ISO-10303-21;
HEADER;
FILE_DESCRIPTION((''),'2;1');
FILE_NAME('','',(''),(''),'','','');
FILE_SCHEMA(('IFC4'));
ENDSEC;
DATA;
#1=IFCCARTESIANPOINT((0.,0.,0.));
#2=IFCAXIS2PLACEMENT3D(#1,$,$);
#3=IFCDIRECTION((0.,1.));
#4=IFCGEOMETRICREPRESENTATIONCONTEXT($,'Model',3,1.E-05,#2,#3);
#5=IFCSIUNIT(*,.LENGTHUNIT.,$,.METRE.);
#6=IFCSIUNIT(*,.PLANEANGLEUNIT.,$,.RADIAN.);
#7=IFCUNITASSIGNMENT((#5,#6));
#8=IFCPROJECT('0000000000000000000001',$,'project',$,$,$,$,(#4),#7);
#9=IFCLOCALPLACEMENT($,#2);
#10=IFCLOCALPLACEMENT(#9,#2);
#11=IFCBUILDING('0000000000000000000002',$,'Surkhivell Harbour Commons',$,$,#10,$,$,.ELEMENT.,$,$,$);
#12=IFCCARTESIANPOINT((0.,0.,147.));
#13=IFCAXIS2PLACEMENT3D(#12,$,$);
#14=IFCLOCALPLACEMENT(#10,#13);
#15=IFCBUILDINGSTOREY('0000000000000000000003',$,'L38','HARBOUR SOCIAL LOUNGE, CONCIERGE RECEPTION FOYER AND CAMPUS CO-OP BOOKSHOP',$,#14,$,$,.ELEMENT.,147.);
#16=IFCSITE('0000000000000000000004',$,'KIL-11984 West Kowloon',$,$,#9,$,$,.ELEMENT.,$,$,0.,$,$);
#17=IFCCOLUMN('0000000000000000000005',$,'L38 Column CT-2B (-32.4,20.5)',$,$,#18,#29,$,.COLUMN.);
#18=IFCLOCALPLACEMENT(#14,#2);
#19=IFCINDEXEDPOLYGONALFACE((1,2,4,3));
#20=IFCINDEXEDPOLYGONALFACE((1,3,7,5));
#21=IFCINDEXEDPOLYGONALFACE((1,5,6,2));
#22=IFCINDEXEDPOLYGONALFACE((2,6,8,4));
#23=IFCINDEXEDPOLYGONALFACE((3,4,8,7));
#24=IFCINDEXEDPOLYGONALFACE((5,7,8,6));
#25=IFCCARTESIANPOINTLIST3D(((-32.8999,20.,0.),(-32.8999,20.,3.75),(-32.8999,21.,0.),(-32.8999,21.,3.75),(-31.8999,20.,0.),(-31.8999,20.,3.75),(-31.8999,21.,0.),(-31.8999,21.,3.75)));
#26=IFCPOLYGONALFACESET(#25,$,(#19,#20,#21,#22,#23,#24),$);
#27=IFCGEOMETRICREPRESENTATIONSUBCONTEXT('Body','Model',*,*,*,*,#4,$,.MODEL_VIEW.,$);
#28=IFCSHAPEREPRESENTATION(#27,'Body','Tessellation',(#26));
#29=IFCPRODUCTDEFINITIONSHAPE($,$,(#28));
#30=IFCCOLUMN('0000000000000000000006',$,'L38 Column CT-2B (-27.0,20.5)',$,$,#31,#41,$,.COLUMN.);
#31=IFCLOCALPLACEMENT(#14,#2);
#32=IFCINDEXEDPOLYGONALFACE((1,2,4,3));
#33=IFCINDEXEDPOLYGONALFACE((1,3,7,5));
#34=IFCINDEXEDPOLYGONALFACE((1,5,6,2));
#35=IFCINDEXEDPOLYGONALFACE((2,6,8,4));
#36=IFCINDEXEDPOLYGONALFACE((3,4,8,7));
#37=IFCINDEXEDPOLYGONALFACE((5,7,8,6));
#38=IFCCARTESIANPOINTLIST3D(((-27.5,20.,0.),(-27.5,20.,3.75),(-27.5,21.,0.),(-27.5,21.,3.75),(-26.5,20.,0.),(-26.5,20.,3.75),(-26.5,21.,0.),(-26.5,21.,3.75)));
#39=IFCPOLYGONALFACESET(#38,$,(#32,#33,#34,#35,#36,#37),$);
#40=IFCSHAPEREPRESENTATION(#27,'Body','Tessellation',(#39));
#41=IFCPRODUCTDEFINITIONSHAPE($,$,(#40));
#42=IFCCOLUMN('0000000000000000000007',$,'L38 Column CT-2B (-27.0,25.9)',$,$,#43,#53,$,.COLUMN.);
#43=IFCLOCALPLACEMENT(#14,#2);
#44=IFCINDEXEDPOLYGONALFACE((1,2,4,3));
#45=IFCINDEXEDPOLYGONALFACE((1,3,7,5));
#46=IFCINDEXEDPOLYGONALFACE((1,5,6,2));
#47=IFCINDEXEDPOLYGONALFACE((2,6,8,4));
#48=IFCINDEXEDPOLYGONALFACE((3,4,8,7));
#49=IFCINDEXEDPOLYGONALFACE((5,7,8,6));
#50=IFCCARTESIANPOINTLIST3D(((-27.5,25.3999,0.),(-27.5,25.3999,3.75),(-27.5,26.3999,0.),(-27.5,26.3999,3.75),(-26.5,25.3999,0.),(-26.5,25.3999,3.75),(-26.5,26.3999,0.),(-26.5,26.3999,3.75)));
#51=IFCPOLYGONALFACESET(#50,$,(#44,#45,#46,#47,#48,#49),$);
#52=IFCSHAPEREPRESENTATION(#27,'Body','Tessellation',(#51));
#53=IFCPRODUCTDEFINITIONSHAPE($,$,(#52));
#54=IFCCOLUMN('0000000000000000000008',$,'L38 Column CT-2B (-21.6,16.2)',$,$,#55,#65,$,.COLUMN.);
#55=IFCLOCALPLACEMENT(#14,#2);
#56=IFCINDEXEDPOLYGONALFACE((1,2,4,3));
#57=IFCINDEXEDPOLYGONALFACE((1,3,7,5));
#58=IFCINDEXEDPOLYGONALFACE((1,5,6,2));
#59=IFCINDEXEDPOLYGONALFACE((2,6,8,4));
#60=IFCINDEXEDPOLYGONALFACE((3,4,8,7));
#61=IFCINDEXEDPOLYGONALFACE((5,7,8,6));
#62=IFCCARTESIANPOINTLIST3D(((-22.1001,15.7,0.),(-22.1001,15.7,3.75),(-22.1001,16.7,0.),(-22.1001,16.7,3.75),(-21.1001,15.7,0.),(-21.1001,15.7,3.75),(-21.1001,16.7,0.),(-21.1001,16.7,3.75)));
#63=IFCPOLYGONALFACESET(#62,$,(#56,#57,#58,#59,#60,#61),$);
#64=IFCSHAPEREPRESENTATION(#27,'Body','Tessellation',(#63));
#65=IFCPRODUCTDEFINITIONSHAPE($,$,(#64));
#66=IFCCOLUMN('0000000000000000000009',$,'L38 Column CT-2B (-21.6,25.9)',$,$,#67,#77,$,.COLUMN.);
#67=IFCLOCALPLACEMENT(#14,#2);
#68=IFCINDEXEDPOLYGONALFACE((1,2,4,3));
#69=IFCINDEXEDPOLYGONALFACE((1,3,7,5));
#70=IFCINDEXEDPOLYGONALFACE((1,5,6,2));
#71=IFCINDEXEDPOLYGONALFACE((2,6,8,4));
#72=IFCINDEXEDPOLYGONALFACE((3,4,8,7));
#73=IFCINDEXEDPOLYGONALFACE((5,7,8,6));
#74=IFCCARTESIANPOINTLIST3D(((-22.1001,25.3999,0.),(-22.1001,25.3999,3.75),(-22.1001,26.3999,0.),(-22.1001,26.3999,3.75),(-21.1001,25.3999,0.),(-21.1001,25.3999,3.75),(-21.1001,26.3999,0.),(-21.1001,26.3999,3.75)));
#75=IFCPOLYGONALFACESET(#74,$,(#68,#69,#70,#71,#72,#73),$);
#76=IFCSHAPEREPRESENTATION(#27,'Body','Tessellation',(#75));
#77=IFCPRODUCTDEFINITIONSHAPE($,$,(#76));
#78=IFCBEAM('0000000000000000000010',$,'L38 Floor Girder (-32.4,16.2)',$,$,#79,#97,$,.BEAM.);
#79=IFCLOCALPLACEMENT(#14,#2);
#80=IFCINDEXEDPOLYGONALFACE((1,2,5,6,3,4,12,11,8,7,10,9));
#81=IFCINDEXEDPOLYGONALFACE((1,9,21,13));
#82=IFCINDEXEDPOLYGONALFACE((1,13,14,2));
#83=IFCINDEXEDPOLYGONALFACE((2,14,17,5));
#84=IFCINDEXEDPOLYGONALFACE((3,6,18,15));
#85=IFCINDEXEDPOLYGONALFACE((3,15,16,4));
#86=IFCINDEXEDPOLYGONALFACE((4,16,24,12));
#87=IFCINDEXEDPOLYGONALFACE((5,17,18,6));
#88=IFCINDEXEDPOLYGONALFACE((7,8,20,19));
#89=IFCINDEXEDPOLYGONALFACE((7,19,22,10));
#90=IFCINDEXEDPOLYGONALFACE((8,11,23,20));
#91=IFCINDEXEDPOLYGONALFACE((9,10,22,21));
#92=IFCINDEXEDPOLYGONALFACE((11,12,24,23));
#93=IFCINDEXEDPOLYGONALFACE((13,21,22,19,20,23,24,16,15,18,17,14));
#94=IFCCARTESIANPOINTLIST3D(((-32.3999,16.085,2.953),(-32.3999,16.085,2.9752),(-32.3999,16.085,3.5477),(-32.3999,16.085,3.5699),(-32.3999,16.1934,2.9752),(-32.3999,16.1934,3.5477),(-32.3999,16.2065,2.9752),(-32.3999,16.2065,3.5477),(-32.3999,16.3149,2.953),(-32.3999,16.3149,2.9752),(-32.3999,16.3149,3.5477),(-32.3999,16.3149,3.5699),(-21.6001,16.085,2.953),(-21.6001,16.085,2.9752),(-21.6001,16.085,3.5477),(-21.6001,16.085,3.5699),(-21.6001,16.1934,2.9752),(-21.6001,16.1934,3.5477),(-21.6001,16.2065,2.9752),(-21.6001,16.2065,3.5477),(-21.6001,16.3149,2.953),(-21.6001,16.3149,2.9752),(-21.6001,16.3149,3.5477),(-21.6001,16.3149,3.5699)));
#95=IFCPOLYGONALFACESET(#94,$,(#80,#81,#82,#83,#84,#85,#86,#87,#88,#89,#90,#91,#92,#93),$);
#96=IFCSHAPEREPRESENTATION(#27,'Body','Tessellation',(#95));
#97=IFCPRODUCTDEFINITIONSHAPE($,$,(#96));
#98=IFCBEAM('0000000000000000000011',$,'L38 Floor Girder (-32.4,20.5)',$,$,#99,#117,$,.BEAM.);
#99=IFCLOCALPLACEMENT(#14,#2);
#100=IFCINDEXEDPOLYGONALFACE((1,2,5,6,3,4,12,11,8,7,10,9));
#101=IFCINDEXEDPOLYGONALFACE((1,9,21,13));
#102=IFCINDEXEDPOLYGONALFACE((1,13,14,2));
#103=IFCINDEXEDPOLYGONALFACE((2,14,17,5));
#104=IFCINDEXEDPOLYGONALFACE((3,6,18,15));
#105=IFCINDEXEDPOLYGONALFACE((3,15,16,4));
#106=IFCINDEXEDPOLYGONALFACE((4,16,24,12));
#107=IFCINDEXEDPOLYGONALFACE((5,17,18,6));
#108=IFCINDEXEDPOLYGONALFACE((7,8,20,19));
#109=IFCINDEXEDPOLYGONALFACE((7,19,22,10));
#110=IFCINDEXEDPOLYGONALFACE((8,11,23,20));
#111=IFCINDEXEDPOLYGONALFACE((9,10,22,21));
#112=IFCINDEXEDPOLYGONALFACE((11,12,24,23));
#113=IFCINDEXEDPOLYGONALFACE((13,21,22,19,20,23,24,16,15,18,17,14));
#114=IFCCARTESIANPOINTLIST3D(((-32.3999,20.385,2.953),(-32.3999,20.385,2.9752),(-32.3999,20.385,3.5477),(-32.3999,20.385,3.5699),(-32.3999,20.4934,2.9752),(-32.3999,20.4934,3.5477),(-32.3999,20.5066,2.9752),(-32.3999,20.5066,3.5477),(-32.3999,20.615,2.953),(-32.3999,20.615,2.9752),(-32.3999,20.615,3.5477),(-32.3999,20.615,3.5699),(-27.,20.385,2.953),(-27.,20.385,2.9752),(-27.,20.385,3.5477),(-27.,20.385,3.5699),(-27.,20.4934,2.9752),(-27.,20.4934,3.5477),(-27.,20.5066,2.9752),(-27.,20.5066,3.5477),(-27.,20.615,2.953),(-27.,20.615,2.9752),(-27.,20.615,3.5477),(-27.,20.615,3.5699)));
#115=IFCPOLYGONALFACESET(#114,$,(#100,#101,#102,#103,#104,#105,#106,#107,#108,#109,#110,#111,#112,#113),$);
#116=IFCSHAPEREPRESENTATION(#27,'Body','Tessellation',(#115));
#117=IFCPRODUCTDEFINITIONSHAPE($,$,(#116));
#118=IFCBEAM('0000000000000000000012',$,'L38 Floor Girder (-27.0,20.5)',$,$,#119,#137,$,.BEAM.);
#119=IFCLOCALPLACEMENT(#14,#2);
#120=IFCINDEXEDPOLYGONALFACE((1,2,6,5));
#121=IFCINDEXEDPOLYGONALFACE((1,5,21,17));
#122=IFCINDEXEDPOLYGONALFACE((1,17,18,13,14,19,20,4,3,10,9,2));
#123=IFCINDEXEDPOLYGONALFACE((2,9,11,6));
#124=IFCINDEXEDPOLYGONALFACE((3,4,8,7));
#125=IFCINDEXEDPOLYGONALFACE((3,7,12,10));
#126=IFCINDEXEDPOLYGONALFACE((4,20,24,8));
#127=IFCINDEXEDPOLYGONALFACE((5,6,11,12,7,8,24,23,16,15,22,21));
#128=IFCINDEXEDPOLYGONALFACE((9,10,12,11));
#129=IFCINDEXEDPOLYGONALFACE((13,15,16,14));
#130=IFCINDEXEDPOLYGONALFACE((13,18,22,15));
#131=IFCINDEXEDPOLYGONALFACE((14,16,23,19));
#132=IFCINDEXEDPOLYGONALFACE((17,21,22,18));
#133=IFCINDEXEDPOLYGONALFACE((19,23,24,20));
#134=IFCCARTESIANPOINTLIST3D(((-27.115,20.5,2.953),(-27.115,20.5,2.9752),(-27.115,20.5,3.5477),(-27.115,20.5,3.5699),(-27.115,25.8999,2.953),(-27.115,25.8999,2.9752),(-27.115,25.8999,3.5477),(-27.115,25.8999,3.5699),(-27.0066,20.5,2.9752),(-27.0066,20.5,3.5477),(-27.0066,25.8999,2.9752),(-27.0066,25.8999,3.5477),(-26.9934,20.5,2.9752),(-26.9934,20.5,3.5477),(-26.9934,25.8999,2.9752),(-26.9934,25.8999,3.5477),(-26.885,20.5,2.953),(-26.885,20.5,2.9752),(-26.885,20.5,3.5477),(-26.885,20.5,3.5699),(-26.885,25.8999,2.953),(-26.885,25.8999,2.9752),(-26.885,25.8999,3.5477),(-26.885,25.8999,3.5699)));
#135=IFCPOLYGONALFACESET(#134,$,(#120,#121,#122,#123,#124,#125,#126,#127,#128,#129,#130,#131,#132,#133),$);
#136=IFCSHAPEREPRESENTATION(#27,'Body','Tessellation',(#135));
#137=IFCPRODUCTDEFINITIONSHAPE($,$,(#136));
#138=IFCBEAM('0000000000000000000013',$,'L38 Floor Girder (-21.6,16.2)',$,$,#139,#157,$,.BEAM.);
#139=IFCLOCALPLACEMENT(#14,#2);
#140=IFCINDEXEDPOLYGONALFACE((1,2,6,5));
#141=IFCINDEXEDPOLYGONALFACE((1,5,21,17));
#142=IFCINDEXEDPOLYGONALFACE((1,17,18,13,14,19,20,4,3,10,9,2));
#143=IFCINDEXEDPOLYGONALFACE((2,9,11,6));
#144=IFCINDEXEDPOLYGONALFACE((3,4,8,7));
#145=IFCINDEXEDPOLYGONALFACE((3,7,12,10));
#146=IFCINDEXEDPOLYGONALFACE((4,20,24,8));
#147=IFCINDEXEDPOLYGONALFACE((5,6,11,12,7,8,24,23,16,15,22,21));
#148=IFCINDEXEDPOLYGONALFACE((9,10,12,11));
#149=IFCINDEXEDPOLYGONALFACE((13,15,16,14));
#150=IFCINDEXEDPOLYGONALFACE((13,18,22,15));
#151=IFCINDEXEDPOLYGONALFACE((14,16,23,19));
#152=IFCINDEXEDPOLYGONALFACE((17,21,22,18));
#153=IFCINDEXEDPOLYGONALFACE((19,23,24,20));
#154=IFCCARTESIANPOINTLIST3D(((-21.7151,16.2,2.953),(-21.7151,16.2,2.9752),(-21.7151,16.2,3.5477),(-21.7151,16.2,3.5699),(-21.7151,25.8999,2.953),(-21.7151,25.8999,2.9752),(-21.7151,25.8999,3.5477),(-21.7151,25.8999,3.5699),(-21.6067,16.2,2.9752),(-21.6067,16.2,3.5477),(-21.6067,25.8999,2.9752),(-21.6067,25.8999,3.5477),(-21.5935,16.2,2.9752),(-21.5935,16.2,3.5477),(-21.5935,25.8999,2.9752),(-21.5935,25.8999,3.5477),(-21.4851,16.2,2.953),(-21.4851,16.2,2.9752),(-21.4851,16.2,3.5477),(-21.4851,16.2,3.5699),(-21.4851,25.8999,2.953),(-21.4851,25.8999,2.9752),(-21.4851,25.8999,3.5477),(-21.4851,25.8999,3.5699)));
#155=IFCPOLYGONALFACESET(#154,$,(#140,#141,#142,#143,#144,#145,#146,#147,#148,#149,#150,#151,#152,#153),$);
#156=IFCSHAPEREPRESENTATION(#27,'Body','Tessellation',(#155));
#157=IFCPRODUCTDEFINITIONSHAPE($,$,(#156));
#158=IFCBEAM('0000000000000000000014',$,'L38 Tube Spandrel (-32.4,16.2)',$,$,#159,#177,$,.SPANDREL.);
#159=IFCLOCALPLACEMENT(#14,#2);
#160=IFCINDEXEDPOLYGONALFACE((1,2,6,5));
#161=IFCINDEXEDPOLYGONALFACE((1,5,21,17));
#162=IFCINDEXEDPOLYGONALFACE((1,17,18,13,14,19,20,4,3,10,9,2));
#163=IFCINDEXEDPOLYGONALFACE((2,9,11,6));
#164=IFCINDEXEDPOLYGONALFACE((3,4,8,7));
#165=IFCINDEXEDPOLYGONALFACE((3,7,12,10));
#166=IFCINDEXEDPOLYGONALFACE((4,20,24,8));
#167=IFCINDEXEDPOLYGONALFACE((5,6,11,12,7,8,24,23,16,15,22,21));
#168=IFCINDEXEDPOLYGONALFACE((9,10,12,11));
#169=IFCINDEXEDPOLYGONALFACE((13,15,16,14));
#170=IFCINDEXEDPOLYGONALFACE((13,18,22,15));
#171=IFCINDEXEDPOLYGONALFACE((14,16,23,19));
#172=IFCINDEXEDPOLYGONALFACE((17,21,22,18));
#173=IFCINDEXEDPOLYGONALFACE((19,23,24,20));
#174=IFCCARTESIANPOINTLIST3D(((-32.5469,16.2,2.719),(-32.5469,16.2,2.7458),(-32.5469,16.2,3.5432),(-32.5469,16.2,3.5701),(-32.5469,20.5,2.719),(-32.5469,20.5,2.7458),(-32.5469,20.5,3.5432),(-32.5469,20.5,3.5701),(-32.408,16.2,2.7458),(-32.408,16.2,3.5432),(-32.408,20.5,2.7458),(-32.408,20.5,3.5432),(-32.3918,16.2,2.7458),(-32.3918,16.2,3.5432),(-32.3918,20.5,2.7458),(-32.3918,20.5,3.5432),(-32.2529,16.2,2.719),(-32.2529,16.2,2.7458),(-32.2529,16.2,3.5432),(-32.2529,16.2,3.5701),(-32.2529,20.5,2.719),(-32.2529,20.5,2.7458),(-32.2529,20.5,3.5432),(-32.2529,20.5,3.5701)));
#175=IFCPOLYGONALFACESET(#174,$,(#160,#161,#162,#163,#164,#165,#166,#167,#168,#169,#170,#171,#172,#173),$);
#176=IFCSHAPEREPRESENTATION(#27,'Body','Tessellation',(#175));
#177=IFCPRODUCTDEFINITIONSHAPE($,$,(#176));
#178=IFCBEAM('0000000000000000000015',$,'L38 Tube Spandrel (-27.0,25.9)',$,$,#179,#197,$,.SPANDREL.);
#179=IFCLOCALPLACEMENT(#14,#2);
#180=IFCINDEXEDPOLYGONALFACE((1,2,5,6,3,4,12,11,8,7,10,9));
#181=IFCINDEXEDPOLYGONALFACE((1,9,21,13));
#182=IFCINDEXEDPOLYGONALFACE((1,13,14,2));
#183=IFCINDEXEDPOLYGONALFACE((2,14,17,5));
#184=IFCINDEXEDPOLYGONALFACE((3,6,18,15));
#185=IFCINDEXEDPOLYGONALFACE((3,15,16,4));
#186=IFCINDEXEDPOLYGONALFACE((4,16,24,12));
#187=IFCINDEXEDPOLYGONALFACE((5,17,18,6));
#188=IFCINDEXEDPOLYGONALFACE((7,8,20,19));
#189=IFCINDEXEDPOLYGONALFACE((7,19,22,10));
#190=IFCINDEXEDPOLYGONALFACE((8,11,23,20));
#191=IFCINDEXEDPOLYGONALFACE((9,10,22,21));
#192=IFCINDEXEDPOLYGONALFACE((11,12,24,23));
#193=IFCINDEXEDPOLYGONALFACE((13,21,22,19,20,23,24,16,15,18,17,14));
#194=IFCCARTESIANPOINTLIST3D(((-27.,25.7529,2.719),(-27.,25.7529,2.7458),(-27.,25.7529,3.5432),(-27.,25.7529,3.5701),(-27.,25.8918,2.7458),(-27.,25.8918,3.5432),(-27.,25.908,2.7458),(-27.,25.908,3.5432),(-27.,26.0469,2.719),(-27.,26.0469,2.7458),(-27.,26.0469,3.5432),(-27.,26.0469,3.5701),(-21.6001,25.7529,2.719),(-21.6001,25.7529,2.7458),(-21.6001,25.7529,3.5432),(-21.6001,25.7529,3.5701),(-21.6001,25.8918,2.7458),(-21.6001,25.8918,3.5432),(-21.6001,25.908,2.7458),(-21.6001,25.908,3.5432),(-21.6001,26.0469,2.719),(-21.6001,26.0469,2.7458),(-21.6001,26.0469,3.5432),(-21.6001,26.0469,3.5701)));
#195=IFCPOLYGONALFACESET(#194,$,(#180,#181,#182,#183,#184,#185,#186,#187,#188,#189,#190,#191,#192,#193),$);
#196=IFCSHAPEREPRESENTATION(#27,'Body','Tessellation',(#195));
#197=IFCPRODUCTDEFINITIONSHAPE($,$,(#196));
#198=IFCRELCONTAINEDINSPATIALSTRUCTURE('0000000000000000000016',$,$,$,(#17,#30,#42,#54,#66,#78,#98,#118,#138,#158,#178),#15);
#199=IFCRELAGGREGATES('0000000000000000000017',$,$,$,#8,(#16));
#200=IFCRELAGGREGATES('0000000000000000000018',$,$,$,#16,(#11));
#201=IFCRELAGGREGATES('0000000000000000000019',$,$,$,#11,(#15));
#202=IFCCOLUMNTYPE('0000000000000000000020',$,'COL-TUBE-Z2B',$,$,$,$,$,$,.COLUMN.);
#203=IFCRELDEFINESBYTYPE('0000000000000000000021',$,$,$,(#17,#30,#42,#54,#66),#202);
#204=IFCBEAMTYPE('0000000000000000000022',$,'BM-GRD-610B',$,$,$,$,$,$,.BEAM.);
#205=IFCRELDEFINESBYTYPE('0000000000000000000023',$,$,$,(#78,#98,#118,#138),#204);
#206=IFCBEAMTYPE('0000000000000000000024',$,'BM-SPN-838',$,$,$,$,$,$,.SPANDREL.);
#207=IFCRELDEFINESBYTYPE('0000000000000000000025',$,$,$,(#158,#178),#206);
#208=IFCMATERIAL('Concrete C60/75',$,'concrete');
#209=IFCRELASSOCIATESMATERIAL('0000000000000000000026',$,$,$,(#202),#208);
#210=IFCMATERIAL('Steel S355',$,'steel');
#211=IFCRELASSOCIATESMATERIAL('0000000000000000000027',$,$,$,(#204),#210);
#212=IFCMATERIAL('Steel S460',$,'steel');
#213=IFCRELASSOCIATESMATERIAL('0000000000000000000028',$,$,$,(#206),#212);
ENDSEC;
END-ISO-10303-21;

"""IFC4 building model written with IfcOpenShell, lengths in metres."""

from ifc_helpers import new_model, si_unit, direction, frame, origin, origin_2d, place, context, subcontext, project, spatial, rectangle, i_section, extrude, material, material_profile, profile_set, type_object, element, save


model = new_model("IFC4")

# Units and contexts
model_context = context("Model", 3, precision=1e-05, world=origin(), true_north=direction((0.0, 1.0)))
body_context = subcontext(model_context, "Body", "Model", "MODEL_VIEW")
ifc_project = project(units=[si_unit("LENGTHUNIT", "METRE"), si_unit("PLANEANGLEUNIT", "RADIAN")], contexts=[model_context])

# Site, building, storey
site_placement = place(None, origin())
site = spatial("IfcSite", under=ifc_project, at=site_placement, Name="KIL-11984 West Kowloon", CompositionType="ELEMENT", RefElevation=0.0)
building_placement = place(site_placement, origin())
building = spatial("IfcBuilding", under=site, at=building_placement, Name="Surkhivell Harbour Commons", CompositionType="ELEMENT")
storey_placement = place(building_placement, frame((0.0, 0.0, 147.0)))
storey = spatial("IfcBuildingStorey", under=building, at=storey_placement, Name="L38", Description="HARBOUR SOCIAL LOUNGE, CONCIERGE RECEPTION FOYER AND CAMPUS CO-OP BOOKSHOP", CompositionType="ELEMENT", Elevation=147.0)

# Columns
ifc_material_1 = material(Name="Concrete C60/75", Category="concrete")
ifc_material_profile_1 = material_profile(ifc_material_1, rectangle(XDim=1.0, YDim=1.0, at=origin_2d()), Name="RC-COL-1000x1000")
ifc_profile_set_1 = profile_set([ifc_material_profile_1], Name="Concrete C60/75")
column_type = type_object("IfcColumnType", Name="COL-TUBE-Z2B", PredefinedType="COLUMN", material=ifc_profile_set_1)
for number, where, z_axis, x_axis, name in (
    (1, (-32.3999, 20.5, 0.0), (0.0, 0.0, 1.0), (1.0, 0.0, 0.0), "L38 Column CT-2B (-32.4,20.5)"),
    (2, (-27.0, 20.5, 0.0), (0.0, 0.0, 1.0), (1.0, 0.0, 0.0), "L38 Column CT-2B (-27.0,20.5)"),
    (3, (-27.0, 25.8999, 0.0), (0.0, 0.0, 1.0), (1.0, 0.0, 0.0), "L38 Column CT-2B (-27.0,25.9)"),
    (4, (-21.6001, 16.2, 0.0), (0.0, 0.0, 1.0), (1.0, 0.0, 0.0), "L38 Column CT-2B (-21.6,16.2)"),
    (5, (-21.6001, 25.8999, 0.0), (0.0, 0.0, 1.0), (1.0, 0.0, 0.0), "L38 Column CT-2B (-21.6,25.9)"),
):
    element("IfcColumn", number, at=place(storey_placement, frame(where, z_axis=z_axis, x_axis=x_axis)), inside=storey, type_object=column_type, Name=name, PredefinedType="COLUMN", context=body_context, shape_type="SweptSolid", body=[
        extrude(rectangle(XDim=1.0, YDim=1.0, at=origin_2d()), origin(), (0.0, 0.0, 1.0), 3.75),
    ])

# Beams
ifc_material_2 = material(Name="Steel S355", Category="steel")
ifc_material_profile_2 = material_profile(ifc_material_2, i_section(OverallWidth=0.23, OverallDepth=0.6169, WebThickness=0.0132, FlangeThickness=0.0222, at=origin_2d()), Name="UB610x229x140")
ifc_profile_set_2 = profile_set([ifc_material_profile_2], Name="Steel S355")
beam_type_1 = type_object("IfcBeamType", Name="BM-GRD-610B", PredefinedType="BEAM", material=ifc_profile_set_2)
beam_1_placement = place(storey_placement, frame((-32.3999, 16.2, 3.2615), z_axis=(1.0, 0.0, 0.0), x_axis=(0.0, 1.0, 0.0)))
element("IfcBeam", 6, at=beam_1_placement, inside=storey, type_object=beam_type_1, Name="L38 Floor Girder (-32.4,16.2)", PredefinedType="BEAM", context=body_context, shape_type="SweptSolid", body=[
    extrude(i_section(OverallWidth=0.23, OverallDepth=0.6169, WebThickness=0.0132, FlangeThickness=0.0222, at=origin_2d()), origin(), (0.0, 0.0, 1.0), 10.7998),
])
for number, where, z_axis, x_axis, name in (
    (7, (-32.3999, 20.5, 3.2615), (1.0, 0.0, 0.0), (0.0, 1.0, 0.0), "L38 Floor Girder (-32.4,20.5)"),
    (8, (-27.0, 20.5, 3.2615), (0.0, 1.0, 0.0), (-1.0, 0.0, 0.0), "L38 Floor Girder (-27.0,20.5)"),
):
    element("IfcBeam", number, at=place(storey_placement, frame(where, z_axis=z_axis, x_axis=x_axis)), inside=storey, type_object=beam_type_1, Name=name, PredefinedType="BEAM", context=body_context, shape_type="SweptSolid", body=[
        extrude(i_section(OverallWidth=0.23, OverallDepth=0.6169, WebThickness=0.0132, FlangeThickness=0.0222, at=origin_2d()), origin(), (0.0, 0.0, 1.0), 5.3999),
    ])
beam_2_placement = place(storey_placement, frame((-21.6001, 16.2, 3.2615), z_axis=(0.0, 1.0, 0.0), x_axis=(-1.0, 0.0, 0.0)))
element("IfcBeam", 9, at=beam_2_placement, inside=storey, type_object=beam_type_1, Name="L38 Floor Girder (-21.6,16.2)", PredefinedType="BEAM", context=body_context, shape_type="SweptSolid", body=[
    extrude(i_section(OverallWidth=0.23, OverallDepth=0.6169, WebThickness=0.0132, FlangeThickness=0.0222, at=origin_2d()), origin(), (0.0, 0.0, 1.0), 9.7),
])
ifc_material_3 = material(Name="Steel S460", Category="steel")
ifc_material_profile_3 = material_profile(ifc_material_3, i_section(OverallWidth=0.2939, OverallDepth=0.8511, WebThickness=0.0161, FlangeThickness=0.0269, at=origin_2d()), Name="UB838x292x226")
ifc_profile_set_3 = profile_set([ifc_material_profile_3], Name="Steel S460")
beam_type_2 = type_object("IfcBeamType", Name="BM-SPN-838", PredefinedType="SPANDREL", material=ifc_profile_set_3)
beam_3_placement = place(storey_placement, frame((-32.3999, 16.2, 3.1445), z_axis=(0.0, 1.0, 0.0), x_axis=(-1.0, 0.0, 0.0)))
element("IfcBeam", 10, at=beam_3_placement, inside=storey, type_object=beam_type_2, Name="L38 Tube Spandrel (-32.4,16.2)", PredefinedType="SPANDREL", context=body_context, shape_type="SweptSolid", body=[
    extrude(i_section(OverallWidth=0.2939, OverallDepth=0.8511, WebThickness=0.0161, FlangeThickness=0.0269, at=origin_2d()), origin(), (0.0, 0.0, 1.0), 4.3),
])
beam_4_placement = place(storey_placement, frame((-27.0, 25.8999, 3.1445), z_axis=(1.0, 0.0, 0.0), x_axis=(0.0, 1.0, 0.0)))
element("IfcBeam", 11, at=beam_4_placement, inside=storey, type_object=beam_type_2, Name="L38 Tube Spandrel (-27.0,25.9)", PredefinedType="SPANDREL", context=body_context, shape_type="SweptSolid", body=[
    extrude(i_section(OverallWidth=0.2939, OverallDepth=0.8511, WebThickness=0.0161, FlangeThickness=0.0269, at=origin_2d()), origin(), (0.0, 0.0, 1.0), 5.3999),
])

save(model, "model.ifc")
